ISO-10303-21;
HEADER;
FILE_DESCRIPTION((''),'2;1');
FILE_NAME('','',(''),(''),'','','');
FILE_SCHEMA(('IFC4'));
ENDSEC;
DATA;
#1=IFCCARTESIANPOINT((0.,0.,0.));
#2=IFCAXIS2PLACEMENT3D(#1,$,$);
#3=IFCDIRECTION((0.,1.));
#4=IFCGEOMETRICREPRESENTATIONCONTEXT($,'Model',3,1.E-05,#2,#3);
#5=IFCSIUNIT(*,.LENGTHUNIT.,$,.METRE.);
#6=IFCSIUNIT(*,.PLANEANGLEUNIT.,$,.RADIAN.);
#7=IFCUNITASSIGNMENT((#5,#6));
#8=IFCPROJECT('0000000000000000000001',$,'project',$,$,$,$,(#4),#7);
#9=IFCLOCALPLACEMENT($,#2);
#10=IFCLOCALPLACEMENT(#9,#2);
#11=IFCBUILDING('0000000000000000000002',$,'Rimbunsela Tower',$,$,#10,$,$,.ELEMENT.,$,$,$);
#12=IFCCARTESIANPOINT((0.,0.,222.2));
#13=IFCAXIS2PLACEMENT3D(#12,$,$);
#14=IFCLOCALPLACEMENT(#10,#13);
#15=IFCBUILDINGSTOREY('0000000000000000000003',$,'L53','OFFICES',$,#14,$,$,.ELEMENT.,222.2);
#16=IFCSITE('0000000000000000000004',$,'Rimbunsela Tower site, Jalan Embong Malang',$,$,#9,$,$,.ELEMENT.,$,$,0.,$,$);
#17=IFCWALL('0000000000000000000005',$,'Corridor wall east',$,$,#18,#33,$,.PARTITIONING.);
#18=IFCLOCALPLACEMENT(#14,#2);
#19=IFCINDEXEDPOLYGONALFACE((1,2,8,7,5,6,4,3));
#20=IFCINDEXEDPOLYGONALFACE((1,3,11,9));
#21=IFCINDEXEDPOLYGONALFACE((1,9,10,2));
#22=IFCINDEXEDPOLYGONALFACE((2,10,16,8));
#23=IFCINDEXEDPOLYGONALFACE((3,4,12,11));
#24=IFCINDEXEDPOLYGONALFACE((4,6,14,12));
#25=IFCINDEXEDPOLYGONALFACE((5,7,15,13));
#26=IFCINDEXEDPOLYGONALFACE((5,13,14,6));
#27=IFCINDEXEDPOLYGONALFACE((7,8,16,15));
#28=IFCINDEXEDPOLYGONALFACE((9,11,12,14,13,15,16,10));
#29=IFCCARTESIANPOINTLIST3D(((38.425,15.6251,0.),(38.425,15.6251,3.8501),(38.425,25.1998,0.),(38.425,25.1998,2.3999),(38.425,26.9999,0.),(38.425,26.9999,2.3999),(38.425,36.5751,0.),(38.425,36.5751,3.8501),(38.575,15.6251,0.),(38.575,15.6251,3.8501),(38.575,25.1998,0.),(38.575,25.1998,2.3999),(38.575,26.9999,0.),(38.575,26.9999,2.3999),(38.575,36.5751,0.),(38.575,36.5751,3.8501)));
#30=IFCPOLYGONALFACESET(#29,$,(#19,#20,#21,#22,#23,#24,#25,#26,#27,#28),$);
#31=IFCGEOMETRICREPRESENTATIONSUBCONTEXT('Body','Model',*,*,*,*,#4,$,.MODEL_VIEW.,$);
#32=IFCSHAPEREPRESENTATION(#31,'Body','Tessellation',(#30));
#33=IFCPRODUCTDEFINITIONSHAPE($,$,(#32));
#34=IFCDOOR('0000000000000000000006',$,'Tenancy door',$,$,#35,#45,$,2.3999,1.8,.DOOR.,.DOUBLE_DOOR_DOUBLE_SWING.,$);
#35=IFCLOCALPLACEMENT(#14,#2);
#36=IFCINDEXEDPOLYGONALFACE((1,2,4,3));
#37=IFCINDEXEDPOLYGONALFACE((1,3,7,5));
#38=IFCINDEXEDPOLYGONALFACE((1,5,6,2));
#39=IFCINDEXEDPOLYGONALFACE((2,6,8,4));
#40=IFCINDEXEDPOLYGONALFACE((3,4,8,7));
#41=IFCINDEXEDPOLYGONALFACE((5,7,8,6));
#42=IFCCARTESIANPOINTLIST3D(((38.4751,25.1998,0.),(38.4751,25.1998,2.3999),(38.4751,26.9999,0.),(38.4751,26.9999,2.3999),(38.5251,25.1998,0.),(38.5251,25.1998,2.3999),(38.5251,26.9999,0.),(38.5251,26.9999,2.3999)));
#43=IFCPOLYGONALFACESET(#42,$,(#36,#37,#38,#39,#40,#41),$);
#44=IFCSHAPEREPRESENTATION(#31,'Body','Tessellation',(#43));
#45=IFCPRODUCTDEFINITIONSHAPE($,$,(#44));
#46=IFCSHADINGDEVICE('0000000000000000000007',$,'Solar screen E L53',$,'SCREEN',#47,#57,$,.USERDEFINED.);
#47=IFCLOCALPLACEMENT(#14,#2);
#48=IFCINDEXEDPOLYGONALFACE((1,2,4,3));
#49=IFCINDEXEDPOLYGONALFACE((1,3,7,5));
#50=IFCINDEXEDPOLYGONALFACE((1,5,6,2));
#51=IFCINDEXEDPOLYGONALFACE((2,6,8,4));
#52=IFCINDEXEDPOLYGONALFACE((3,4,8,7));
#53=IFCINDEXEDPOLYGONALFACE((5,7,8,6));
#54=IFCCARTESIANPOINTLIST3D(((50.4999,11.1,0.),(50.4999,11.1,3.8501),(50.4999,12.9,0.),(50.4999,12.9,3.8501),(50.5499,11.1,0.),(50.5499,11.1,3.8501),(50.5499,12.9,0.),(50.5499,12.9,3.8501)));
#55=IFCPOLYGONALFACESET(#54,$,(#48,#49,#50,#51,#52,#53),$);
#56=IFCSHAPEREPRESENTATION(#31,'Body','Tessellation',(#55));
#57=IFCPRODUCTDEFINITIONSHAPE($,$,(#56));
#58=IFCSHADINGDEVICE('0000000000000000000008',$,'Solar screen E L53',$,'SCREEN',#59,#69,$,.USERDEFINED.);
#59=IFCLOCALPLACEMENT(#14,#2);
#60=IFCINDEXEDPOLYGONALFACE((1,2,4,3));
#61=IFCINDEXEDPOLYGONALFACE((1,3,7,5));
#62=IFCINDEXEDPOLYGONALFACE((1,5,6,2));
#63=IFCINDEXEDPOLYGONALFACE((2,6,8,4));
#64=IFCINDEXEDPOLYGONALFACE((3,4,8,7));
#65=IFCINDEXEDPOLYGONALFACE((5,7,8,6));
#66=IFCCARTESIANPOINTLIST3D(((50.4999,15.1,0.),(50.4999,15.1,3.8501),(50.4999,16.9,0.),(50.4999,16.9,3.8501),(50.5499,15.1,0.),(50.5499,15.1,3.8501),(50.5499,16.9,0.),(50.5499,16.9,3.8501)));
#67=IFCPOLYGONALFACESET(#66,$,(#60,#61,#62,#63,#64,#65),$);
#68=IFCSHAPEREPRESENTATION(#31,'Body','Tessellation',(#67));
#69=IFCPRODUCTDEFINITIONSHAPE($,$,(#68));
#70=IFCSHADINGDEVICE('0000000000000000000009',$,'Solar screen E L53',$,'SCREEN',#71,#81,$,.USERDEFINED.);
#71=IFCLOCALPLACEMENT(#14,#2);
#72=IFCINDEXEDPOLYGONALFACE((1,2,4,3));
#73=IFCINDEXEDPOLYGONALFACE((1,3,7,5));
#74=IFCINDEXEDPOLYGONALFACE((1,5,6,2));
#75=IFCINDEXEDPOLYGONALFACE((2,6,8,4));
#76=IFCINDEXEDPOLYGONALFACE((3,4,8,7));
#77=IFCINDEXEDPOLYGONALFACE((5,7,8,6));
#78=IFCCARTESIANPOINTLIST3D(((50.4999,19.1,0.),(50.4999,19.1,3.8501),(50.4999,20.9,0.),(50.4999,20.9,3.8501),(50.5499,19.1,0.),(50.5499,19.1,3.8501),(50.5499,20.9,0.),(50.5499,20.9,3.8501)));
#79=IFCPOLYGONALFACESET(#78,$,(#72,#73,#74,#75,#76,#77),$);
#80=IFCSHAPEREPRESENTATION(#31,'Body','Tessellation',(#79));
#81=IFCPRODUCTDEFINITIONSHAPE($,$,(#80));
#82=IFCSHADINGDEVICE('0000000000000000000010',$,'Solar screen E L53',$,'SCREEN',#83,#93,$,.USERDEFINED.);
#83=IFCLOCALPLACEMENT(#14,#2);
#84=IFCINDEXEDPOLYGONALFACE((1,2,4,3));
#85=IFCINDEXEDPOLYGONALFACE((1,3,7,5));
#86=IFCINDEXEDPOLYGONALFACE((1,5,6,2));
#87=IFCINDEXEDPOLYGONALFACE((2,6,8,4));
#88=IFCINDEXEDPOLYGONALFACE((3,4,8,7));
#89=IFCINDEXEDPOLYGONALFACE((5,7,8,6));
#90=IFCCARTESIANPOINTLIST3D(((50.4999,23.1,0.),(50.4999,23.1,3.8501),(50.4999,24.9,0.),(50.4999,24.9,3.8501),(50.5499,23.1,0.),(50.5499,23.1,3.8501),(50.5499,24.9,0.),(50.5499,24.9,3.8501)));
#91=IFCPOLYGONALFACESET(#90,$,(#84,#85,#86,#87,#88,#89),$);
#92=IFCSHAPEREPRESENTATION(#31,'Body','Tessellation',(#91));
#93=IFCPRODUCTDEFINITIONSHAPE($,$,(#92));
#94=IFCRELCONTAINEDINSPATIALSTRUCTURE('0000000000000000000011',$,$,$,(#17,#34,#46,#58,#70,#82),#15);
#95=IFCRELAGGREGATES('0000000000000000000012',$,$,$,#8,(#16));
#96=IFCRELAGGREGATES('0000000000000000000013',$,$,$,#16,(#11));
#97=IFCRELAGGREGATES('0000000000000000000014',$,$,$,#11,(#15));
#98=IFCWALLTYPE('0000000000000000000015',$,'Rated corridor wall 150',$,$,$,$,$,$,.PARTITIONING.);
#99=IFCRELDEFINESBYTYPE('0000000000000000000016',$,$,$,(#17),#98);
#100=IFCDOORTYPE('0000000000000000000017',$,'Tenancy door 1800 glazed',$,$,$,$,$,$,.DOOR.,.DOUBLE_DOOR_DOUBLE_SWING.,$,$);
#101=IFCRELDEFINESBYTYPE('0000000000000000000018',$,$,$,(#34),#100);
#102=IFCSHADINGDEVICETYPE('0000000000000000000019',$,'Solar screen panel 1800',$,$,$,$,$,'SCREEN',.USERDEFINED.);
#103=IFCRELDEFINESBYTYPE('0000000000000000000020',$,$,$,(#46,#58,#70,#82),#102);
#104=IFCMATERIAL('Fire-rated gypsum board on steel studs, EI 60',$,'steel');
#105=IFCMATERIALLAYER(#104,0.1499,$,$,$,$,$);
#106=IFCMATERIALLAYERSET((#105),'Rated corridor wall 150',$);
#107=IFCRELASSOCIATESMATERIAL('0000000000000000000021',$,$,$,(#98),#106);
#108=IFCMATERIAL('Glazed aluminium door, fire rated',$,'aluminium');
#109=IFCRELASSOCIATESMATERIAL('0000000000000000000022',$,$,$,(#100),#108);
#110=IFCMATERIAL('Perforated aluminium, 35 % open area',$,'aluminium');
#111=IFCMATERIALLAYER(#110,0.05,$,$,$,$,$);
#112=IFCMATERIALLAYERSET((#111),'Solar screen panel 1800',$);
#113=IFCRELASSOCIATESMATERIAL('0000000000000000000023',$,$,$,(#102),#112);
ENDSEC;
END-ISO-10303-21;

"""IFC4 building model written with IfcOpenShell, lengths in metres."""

from ifc_helpers import new_model, si_unit, direction, frame, frame_2d, origin, origin_2d, place, context, subcontext, project, spatial, rectangle, extrude, material, layer, layer_set, type_object, element, fill, save


model = new_model("IFC4")

# Units and contexts
model_context = context("Model", 3, precision=1e-05, world=origin(), true_north=direction((0.0, 1.0)))
body_context = subcontext(model_context, "Body", "Model", "MODEL_VIEW")
ifc_project = project(units=[si_unit("LENGTHUNIT", "METRE"), si_unit("PLANEANGLEUNIT", "RADIAN")], contexts=[model_context])

# Site, building, storey
site_placement = place(None, origin())
site = spatial("IfcSite", under=ifc_project, at=site_placement, Name="Rimbunsela Tower site, Jalan Embong Malang", CompositionType="ELEMENT", RefElevation=0.0)
building_placement = place(site_placement, origin())
building = spatial("IfcBuilding", under=site, at=building_placement, Name="Rimbunsela Tower", CompositionType="ELEMENT")
storey_placement = place(building_placement, frame((0.0, 0.0, 222.2)))
storey = spatial("IfcBuildingStorey", under=building, at=storey_placement, Name="L53", Description="OFFICES", CompositionType="ELEMENT", Elevation=222.2)

# Wall, opening, door
ifc_material_1 = material(Name="Fire-rated gypsum board on steel studs, EI 60", Category="steel")
ifc_layer_1 = layer(ifc_material_1, 0.1499)
ifc_layer_set_1 = layer_set([ifc_layer_1], Name="Rated corridor wall 150")
wall_type_1 = type_object("IfcWallType", Name="Rated corridor wall 150", PredefinedType="PARTITIONING", material=ifc_layer_set_1)
wall_1_placement = place(storey_placement, frame((38.5, 15.625, 0.0), z_axis=(0.0, 0.0, 1.0), x_axis=(0.0, 1.0, 0.0)))
wall_1 = element("IfcWall", 1, at=wall_1_placement, inside=storey, type_object=wall_type_1, Name="Corridor wall east", PredefinedType="PARTITIONING", context=body_context, shape_type="SweptSolid", body=[
    extrude(rectangle(XDim=20.95, YDim=0.1499, at=frame_2d((10.4751, 0.0))), origin(), (0.0, 0.0, 1.0), 3.8501),
])
opening_1_placement = place(wall_1_placement, frame((9.575, 0.0, 0.0)))
opening_1 = element("IfcOpeningElement", 2, at=opening_1_placement, cuts=wall_1, PredefinedType="OPENING", context=body_context, shape_type="SweptSolid", body=[
    extrude(rectangle(XDim=1.8, YDim=2.3999, at=frame_2d((0.8999, 1.2))), frame((0.0, 0.085, 0.0), z_axis=(0.0, -1.0, 0.0), x_axis=(1.0, 0.0, 0.0)), (0.0, 0.0, 1.0), 0.1699),
])
ifc_material_2 = material(Name="Glazed aluminium door, fire rated", Category="aluminium")
door_type_1 = type_object("IfcDoorType", Name="Tenancy door 1800 glazed", OperationType="DOUBLE_DOOR_DOUBLE_SWING", PredefinedType="DOOR", material=ifc_material_2)
door_1_placement = place(opening_1_placement, origin())
door_1 = element("IfcDoor", 3, at=door_1_placement, inside=storey, type_object=door_type_1, Name="Tenancy door", OperationType="DOUBLE_DOOR_DOUBLE_SWING", OverallHeight=2.3999, OverallWidth=1.8, PredefinedType="DOOR", context=body_context, shape_type="SweptSolid", body=[
    extrude(rectangle(XDim=1.8, YDim=2.3999, at=frame_2d((0.8999, 1.2))), frame((0.0, 0.0249, 0.0), z_axis=(0.0, -1.0, 0.0), x_axis=(1.0, 0.0, 0.0)), (0.0, 0.0, 1.0), 0.05),
])
fill(opening_1, door_1)

# Shading devices
ifc_material_3 = material(Name="Perforated aluminium, 35 % open area", Category="aluminium")
ifc_layer_2 = layer(ifc_material_3, 0.05)
ifc_layer_set_2 = layer_set([ifc_layer_2], Name="Solar screen panel 1800")
shading_device_type = type_object("IfcShadingDeviceType", Name="Solar screen panel 1800", ElementType="SCREEN", PredefinedType="USERDEFINED", material=ifc_layer_set_2)
for number, where, z_axis, x_axis, name in (
    (4, (50.5249, 12.0, 0.0), (0.0, 0.0, 1.0), (0.0, 1.0, 0.0), "Solar screen E L53"),
    (5, (50.5249, 16.0, 0.0), (0.0, 0.0, 1.0), (0.0, 1.0, 0.0), "Solar screen E L53"),
    (6, (50.5249, 20.0, 0.0), (0.0, 0.0, 1.0), (0.0, 1.0, 0.0), "Solar screen E L53"),
    (7, (50.5249, 24.0, 0.0), (0.0, 0.0, 1.0), (0.0, 1.0, 0.0), "Solar screen E L53"),
):
    element("IfcShadingDevice", number, at=place(storey_placement, frame(where, z_axis=z_axis, x_axis=x_axis)), inside=storey, type_object=shading_device_type, Name=name, ObjectType="SCREEN", PredefinedType="USERDEFINED", context=body_context, shape_type="SweptSolid", body=[
        extrude(rectangle(XDim=1.8, YDim=0.05, at=origin_2d()), origin(), (0.0, 0.0, 1.0), 3.8501),
    ])

save(model, "model.ifc")
